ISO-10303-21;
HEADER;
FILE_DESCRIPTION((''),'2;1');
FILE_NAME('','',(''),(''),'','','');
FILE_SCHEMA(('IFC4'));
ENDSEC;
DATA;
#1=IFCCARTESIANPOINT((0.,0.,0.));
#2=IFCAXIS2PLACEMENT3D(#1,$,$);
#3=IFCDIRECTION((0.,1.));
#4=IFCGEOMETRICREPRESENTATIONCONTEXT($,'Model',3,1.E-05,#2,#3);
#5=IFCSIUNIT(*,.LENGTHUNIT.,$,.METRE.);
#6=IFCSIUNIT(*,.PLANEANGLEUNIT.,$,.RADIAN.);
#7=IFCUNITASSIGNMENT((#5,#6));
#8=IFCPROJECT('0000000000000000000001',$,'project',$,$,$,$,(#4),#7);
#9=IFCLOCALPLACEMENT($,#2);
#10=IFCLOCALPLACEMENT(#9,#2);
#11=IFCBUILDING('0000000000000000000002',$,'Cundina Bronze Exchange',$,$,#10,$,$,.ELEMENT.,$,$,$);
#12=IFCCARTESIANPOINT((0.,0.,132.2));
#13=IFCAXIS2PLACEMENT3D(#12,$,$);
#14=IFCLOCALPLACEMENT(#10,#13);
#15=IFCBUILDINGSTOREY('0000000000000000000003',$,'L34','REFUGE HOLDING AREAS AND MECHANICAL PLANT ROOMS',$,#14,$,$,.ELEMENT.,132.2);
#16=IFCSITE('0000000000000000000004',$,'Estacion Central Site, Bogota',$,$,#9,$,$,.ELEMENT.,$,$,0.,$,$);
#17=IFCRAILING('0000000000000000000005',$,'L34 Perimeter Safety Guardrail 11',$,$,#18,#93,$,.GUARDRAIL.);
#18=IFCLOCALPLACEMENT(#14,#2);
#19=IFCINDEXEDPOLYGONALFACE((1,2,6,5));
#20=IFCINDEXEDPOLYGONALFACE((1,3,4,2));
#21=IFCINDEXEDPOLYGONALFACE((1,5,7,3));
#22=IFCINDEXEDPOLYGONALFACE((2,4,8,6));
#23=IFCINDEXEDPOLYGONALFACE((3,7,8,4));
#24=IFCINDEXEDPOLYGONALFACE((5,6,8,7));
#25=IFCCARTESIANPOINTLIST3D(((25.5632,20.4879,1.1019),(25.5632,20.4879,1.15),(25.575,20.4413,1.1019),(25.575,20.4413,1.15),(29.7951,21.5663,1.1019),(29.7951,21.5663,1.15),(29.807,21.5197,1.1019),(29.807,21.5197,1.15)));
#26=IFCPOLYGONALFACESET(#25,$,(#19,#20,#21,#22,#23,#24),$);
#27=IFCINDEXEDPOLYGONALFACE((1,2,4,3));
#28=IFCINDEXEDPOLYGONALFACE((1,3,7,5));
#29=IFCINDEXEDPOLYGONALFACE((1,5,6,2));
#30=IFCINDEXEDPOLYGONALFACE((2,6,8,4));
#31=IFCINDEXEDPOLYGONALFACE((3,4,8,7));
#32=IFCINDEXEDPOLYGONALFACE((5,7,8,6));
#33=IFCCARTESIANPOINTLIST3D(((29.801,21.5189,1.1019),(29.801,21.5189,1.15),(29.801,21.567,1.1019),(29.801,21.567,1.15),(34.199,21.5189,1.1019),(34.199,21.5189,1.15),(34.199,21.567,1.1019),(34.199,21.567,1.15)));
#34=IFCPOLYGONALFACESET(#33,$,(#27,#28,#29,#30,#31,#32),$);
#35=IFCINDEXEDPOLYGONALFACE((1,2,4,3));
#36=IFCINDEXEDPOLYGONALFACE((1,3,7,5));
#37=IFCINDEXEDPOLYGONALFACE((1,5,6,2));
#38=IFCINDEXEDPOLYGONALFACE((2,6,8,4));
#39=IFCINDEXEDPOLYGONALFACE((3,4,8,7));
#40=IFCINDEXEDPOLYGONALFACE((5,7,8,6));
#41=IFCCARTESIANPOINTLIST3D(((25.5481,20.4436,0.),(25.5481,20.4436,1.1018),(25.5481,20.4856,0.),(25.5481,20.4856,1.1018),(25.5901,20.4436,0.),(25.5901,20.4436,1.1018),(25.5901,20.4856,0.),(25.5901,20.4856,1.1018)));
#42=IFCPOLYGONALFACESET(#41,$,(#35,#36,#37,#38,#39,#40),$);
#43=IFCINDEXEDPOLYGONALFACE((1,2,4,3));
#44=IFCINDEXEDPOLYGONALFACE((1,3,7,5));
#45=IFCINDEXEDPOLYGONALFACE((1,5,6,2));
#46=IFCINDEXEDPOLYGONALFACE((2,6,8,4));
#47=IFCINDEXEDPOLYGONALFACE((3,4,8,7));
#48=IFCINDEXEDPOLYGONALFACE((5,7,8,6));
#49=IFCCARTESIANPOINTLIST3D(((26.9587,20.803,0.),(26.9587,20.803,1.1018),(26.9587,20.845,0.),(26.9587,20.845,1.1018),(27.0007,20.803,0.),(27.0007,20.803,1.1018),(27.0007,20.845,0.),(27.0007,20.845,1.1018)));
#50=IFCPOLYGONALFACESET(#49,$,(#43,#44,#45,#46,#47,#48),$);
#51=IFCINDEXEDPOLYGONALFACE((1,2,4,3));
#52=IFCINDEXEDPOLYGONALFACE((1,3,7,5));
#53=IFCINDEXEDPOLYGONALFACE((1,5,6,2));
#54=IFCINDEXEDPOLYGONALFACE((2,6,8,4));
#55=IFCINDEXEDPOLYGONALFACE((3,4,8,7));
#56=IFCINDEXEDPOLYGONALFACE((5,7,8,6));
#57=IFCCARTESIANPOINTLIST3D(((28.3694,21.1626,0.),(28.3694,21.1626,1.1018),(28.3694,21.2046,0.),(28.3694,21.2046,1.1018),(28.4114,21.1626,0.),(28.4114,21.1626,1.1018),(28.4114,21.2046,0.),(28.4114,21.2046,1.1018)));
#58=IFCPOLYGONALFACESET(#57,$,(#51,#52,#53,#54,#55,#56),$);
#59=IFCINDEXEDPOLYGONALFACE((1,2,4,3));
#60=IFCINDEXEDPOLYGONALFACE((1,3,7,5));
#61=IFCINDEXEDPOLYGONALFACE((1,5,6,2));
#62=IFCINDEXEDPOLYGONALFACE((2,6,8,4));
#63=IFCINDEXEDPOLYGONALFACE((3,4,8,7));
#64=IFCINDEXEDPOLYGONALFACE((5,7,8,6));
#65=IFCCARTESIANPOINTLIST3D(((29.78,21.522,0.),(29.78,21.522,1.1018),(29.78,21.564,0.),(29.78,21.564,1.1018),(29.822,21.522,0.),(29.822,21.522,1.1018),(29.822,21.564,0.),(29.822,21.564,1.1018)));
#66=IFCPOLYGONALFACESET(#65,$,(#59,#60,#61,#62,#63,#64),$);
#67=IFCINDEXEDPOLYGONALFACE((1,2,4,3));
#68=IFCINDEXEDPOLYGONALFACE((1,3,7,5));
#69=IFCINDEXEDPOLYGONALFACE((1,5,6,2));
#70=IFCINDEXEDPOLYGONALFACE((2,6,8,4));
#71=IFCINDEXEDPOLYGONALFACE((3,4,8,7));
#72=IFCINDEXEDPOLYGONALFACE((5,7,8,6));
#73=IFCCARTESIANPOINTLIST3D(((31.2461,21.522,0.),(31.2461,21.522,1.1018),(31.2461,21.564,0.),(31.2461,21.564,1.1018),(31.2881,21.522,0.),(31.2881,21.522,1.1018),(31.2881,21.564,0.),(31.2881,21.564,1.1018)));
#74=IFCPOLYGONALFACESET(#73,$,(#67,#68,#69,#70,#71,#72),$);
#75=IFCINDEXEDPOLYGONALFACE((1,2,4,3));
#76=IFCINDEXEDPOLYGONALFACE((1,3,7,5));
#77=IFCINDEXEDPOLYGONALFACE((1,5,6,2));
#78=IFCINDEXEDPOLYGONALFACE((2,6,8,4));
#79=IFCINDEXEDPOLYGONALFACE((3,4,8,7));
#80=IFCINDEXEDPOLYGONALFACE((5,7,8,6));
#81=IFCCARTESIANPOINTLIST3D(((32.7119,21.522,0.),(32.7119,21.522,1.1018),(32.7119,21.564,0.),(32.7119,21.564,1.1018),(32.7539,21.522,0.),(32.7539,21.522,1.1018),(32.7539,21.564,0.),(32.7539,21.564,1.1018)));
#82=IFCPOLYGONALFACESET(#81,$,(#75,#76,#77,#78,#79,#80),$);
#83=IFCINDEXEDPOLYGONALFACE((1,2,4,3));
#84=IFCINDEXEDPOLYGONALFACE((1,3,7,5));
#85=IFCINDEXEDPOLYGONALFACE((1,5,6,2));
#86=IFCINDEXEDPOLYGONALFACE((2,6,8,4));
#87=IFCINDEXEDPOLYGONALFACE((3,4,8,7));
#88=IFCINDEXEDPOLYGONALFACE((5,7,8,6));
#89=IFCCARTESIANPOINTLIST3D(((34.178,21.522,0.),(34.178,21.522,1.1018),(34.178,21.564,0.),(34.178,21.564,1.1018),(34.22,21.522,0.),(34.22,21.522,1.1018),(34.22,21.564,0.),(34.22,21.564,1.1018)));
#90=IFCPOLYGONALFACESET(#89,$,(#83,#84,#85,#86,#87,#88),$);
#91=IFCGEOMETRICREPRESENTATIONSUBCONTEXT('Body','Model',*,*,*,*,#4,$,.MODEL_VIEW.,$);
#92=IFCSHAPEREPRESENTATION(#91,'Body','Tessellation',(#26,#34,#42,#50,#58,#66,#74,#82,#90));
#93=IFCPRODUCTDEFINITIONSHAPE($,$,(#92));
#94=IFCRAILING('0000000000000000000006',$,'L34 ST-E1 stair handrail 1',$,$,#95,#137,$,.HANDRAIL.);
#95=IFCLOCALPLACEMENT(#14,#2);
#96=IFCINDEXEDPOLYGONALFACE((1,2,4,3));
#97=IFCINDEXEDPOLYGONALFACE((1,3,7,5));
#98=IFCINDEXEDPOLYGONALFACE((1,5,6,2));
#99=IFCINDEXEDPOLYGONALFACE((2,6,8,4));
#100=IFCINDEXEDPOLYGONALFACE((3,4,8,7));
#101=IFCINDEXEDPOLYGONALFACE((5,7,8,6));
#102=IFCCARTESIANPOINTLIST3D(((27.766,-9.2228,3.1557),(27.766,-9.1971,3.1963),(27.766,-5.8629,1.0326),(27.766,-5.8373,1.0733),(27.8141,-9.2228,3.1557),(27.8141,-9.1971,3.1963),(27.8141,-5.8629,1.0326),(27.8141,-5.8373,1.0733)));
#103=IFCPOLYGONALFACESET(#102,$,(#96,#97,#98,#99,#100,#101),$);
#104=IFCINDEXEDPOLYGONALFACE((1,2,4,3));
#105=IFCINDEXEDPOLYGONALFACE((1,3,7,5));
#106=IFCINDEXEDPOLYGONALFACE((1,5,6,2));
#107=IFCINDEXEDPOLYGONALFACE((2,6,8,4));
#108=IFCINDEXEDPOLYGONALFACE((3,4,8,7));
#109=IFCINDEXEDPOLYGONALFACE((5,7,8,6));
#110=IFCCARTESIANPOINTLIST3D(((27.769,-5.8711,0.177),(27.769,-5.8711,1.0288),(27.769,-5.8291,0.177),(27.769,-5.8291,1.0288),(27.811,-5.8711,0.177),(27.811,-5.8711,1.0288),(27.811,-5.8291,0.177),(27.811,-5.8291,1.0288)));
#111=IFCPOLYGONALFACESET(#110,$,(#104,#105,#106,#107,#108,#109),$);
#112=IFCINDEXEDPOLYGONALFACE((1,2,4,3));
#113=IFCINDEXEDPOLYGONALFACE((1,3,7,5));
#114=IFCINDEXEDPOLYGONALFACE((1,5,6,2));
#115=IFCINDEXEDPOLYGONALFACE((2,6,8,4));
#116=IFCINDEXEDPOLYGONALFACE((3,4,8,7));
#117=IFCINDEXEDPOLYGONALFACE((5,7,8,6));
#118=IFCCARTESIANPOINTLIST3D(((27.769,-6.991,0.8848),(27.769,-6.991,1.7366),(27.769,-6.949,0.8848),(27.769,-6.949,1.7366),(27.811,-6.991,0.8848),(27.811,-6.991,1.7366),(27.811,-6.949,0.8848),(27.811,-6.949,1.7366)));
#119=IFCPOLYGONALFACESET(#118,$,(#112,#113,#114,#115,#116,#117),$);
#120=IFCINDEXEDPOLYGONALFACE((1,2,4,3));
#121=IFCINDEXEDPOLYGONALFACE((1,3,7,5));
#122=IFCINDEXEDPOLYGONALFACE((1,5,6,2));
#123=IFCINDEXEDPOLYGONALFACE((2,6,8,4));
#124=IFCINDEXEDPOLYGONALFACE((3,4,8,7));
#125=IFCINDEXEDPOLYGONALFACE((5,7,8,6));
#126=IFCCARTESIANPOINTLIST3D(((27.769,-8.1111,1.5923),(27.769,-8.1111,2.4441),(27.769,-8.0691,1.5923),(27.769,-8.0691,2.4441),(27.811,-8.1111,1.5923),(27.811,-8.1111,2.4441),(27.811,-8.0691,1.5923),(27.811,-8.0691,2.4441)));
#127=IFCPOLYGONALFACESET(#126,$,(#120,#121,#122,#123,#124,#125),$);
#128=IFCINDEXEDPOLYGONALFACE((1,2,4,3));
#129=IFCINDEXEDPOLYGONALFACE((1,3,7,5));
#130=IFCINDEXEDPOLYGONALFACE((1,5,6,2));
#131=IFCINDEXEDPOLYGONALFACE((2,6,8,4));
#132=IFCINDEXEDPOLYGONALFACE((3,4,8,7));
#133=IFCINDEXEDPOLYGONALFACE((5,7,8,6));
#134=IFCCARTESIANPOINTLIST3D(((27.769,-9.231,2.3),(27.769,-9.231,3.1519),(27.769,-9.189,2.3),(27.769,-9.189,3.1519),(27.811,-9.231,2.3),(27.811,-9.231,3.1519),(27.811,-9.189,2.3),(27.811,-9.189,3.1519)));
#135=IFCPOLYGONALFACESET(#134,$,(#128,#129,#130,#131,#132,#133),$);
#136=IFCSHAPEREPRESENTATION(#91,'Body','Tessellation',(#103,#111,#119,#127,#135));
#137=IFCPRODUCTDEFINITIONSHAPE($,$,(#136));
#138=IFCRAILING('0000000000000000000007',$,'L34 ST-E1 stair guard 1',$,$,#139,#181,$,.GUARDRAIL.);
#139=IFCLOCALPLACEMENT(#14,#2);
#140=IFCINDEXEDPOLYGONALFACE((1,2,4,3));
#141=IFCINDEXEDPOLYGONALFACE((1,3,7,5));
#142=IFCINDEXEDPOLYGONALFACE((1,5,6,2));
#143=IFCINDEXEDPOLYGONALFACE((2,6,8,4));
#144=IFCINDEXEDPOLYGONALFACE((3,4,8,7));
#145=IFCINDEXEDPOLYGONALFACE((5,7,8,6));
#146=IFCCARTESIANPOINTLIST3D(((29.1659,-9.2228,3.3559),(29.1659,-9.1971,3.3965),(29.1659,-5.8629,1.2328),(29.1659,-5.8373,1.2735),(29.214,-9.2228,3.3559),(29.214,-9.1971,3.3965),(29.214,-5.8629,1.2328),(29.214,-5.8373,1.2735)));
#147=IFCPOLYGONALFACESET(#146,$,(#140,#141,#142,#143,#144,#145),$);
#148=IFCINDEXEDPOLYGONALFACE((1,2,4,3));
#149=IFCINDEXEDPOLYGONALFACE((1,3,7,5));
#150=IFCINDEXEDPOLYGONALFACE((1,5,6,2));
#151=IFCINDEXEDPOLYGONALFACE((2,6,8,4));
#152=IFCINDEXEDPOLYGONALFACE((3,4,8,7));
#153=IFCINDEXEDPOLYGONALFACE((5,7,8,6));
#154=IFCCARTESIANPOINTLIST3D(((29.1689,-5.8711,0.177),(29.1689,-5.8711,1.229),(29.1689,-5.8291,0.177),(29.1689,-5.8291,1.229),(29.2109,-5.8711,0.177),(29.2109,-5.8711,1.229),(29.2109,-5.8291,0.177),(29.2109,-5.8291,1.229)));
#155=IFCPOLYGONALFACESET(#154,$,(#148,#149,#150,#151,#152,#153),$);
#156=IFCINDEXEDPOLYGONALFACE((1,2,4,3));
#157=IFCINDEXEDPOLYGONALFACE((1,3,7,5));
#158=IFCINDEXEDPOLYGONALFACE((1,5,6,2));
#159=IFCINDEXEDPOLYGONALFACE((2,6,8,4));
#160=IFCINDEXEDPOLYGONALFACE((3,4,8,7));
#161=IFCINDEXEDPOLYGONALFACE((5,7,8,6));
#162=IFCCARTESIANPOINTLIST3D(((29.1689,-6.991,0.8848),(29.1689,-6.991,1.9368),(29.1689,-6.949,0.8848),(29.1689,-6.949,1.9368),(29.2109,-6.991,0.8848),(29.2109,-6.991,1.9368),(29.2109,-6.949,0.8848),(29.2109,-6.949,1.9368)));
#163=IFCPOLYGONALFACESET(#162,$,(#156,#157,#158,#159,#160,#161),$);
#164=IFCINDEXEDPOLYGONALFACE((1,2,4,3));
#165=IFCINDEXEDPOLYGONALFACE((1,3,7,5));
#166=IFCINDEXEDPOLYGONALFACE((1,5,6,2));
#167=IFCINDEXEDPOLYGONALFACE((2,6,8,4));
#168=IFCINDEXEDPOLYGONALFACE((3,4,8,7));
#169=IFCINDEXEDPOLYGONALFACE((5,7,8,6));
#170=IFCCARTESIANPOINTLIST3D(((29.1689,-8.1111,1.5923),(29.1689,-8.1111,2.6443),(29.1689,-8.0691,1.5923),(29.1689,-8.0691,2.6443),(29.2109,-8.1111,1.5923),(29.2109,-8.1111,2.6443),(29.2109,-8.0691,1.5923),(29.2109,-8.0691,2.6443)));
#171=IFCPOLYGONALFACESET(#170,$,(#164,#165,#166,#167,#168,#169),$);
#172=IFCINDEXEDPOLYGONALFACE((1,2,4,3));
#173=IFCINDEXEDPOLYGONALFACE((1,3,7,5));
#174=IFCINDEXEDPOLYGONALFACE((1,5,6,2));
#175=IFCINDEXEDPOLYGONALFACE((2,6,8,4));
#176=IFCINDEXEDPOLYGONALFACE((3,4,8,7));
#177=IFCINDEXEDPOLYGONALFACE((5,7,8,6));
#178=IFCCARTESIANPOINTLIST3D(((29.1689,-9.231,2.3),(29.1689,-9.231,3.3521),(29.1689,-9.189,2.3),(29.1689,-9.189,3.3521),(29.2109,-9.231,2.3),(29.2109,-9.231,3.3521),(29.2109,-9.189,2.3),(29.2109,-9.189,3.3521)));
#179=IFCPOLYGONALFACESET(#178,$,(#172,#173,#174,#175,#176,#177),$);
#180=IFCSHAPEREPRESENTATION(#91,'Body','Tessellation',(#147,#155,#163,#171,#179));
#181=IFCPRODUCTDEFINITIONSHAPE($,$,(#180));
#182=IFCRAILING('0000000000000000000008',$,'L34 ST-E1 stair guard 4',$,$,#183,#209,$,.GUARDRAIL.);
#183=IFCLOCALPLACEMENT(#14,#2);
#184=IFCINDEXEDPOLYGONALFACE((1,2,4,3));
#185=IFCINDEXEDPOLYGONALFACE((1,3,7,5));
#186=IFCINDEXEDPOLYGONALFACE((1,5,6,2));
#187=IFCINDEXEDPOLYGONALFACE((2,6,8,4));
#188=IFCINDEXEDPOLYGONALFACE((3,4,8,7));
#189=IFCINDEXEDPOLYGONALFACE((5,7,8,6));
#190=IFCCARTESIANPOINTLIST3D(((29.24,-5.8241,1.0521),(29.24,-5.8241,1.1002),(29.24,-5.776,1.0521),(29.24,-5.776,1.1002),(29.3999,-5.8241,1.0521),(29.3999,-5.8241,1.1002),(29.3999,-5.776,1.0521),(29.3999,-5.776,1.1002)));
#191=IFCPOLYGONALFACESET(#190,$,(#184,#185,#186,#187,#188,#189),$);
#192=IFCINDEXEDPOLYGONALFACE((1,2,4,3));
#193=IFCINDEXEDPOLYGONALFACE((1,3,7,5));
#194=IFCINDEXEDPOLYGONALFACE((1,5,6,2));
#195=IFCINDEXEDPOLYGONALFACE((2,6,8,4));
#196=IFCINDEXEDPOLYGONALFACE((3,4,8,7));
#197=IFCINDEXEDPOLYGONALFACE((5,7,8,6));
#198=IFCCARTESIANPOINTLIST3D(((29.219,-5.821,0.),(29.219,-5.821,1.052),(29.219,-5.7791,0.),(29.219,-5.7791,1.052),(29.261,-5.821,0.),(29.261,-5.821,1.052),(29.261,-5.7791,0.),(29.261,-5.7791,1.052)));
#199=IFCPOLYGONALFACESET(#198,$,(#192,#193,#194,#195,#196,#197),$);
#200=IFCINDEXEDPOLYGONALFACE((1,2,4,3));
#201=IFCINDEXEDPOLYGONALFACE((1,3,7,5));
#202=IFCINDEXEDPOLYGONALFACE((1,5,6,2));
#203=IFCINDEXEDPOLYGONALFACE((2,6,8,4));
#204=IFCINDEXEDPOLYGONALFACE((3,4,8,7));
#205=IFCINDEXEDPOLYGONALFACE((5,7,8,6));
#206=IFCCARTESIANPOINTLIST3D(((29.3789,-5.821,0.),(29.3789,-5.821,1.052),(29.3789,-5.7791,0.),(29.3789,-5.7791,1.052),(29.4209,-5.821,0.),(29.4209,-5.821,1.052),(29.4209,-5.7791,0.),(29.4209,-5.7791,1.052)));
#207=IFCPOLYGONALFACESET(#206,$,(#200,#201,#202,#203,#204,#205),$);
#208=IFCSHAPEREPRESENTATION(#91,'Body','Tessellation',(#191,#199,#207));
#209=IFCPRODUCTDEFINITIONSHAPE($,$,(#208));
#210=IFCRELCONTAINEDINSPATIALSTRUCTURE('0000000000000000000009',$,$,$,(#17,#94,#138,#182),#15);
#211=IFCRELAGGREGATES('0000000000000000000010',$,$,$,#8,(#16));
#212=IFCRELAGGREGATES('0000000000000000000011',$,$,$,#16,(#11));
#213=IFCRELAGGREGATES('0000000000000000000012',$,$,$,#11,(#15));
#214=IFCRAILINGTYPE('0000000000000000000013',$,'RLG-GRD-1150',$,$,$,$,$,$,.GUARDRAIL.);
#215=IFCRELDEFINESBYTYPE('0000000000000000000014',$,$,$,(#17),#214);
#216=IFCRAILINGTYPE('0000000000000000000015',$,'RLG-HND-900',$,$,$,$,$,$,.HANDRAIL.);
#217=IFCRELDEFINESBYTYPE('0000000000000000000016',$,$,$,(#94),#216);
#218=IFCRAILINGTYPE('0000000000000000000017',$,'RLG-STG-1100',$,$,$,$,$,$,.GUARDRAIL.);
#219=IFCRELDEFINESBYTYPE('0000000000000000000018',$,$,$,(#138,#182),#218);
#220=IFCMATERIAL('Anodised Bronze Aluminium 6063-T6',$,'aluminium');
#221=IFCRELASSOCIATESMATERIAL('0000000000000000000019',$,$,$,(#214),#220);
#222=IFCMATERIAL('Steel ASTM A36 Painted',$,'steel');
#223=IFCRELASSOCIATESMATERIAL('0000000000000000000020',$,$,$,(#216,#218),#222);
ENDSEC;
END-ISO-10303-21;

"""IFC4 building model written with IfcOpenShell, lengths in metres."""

from ifc_helpers import new_model, si_unit, direction, frame, origin, origin_2d, place, context, subcontext, project, spatial, rectangle, extrude, material, type_object, element, save


model = new_model("IFC4")

# Units and contexts
model_context = context("Model", 3, precision=1e-05, world=origin(), true_north=direction((0.0, 1.0)))
body_context = subcontext(model_context, "Body", "Model", "MODEL_VIEW")
ifc_project = project(units=[si_unit("LENGTHUNIT", "METRE"), si_unit("PLANEANGLEUNIT", "RADIAN")], contexts=[model_context])

# Site, building, storey
site_placement = place(None, origin())
site = spatial("IfcSite", under=ifc_project, at=site_placement, Name="Estacion Central Site, Bogota", CompositionType="ELEMENT", RefElevation=0.0)
building_placement = place(site_placement, origin())
building = spatial("IfcBuilding", under=site, at=building_placement, Name="Cundina Bronze Exchange", CompositionType="ELEMENT")
storey_placement = place(building_placement, frame((0.0, 0.0, 132.2)))
storey = spatial("IfcBuildingStorey", under=building, at=storey_placement, Name="L34", Description="REFUGE HOLDING AREAS AND MECHANICAL PLANT ROOMS", CompositionType="ELEMENT", Elevation=132.2)

# Shared definitions
ifc_material_1 = material(Name="Steel ASTM A36 Painted", Category="steel")

# Railings
ifc_material_2 = material(Name="Anodised Bronze Aluminium 6063-T6", Category="aluminium")
railing_type_1 = type_object("IfcRailingType", Name="RLG-GRD-1150", PredefinedType="GUARDRAIL", material=ifc_material_2)
railing_1_placement = place(storey_placement, frame((25.5691, 20.4646, 0.0)))
element("IfcRailing", 1, at=railing_1_placement, inside=storey, type_object=railing_type_1, Name="L34 Perimeter Safety Guardrail 11", PredefinedType="GUARDRAIL", context=body_context, shape_type="SweptSolid", body=[
    extrude(rectangle(XDim=0.0481, YDim=0.0481, at=origin_2d()), frame((0.0, 0.0, 1.126), z_axis=(0.969034, 0.246927, 0.0), x_axis=(-0.246927, 0.969034, 0.0)), (0.0, 0.0, 1.0), 4.3672),
    extrude(rectangle(XDim=0.0481, YDim=0.0481, at=origin_2d()), frame((4.2319, 1.0784, 1.126), z_axis=(1.0, 0.0, 0.0), x_axis=(0.0, 1.0, 0.0)), (0.0, 0.0, 1.0), 4.3979),
    extrude(rectangle(XDim=0.042, YDim=0.042, at=origin_2d()), origin(), (0.0, 0.0, 1.0), 1.1018),
    extrude(rectangle(XDim=0.042, YDim=0.042, at=origin_2d()), frame((1.4106, 0.3594, 0.0)), (0.0, 0.0, 1.0), 1.1018),
    extrude(rectangle(XDim=0.042, YDim=0.042, at=origin_2d()), frame((2.8213, 0.719, 0.0)), (0.0, 0.0, 1.0), 1.1018),
    extrude(rectangle(XDim=0.042, YDim=0.042, at=origin_2d()), frame((4.2319, 1.0784, 0.0)), (0.0, 0.0, 1.0), 1.1018),
    extrude(rectangle(XDim=0.042, YDim=0.042, at=origin_2d()), frame((5.698, 1.0784, 0.0)), (0.0, 0.0, 1.0), 1.1018),
    extrude(rectangle(XDim=0.042, YDim=0.042, at=origin_2d()), frame((7.1638, 1.0784, 0.0)), (0.0, 0.0, 1.0), 1.1018),
    extrude(rectangle(XDim=0.042, YDim=0.042, at=origin_2d()), frame((8.6299, 1.0784, 0.0)), (0.0, 0.0, 1.0), 1.1018),
])
railing_type_2 = type_object("IfcRailingType", Name="RLG-HND-900", PredefinedType="HANDRAIL", material=ifc_material_1)
railing_2_placement = place(storey_placement, frame((27.79, -5.8501, 0.177)))
element("IfcRailing", 2, at=railing_2_placement, inside=storey, type_object=railing_type_2, Name="L34 ST-E1 stair handrail 1", PredefinedType="HANDRAIL", context=body_context, shape_type="SweptSolid", body=[
    extrude(rectangle(XDim=0.0481, YDim=0.0481, at=origin_2d()), frame((0.0, 0.0, 0.876), z_axis=(0.0, -0.845372, 0.534178), x_axis=(1.0, 0.0, 0.0)), (0.0, 0.0, 1.0), 3.9744),
    extrude(rectangle(XDim=0.042, YDim=0.042, at=origin_2d()), origin(), (0.0, 0.0, 1.0), 0.8518),
    extrude(rectangle(XDim=0.042, YDim=0.042, at=origin_2d()), frame((0.0, -1.1199, 0.7078)), (0.0, 0.0, 1.0), 0.8518),
    extrude(rectangle(XDim=0.042, YDim=0.042, at=origin_2d()), frame((0.0, -2.24, 1.4153)), (0.0, 0.0, 1.0), 0.8518),
    extrude(rectangle(XDim=0.042, YDim=0.042, at=origin_2d()), frame((0.0, -3.3599, 2.123)), (0.0, 0.0, 1.0), 0.8518),
])
railing_type_3 = type_object("IfcRailingType", Name="RLG-STG-1100", PredefinedType="GUARDRAIL", material=ifc_material_1)
railing_3_placement = place(storey_placement, frame((29.1899, -5.8501, 0.177)))
element("IfcRailing", 3, at=railing_3_placement, inside=storey, type_object=railing_type_3, Name="L34 ST-E1 stair guard 1", PredefinedType="GUARDRAIL", context=body_context, shape_type="SweptSolid", body=[
    extrude(rectangle(XDim=0.0481, YDim=0.0481, at=origin_2d()), frame((0.0, 0.0, 1.0762), z_axis=(0.0, -0.845372, 0.534178), x_axis=(1.0, 0.0, 0.0)), (0.0, 0.0, 1.0), 3.9744),
    extrude(rectangle(XDim=0.042, YDim=0.042, at=origin_2d()), origin(), (0.0, 0.0, 1.0), 1.052),
    extrude(rectangle(XDim=0.042, YDim=0.042, at=origin_2d()), frame((0.0, -1.1199, 0.7078)), (0.0, 0.0, 1.0), 1.052),
    extrude(rectangle(XDim=0.042, YDim=0.042, at=origin_2d()), frame((0.0, -2.24, 1.4153)), (0.0, 0.0, 1.0), 1.052),
    extrude(rectangle(XDim=0.042, YDim=0.042, at=origin_2d()), frame((0.0, -3.3599, 2.123)), (0.0, 0.0, 1.0), 1.052),
])
railing_4_placement = place(storey_placement, frame((29.24, -5.8, 0.0)))
element("IfcRailing", 4, at=railing_4_placement, inside=storey, type_object=railing_type_3, Name="L34 ST-E1 stair guard 4", PredefinedType="GUARDRAIL", context=body_context, shape_type="SweptSolid", body=[
    extrude(rectangle(XDim=0.0481, YDim=0.0481, at=origin_2d()), frame((0.0, 0.0, 1.0762), z_axis=(1.0, 0.0, 0.0), x_axis=(0.0, 1.0, 0.0)), (0.0, 0.0, 1.0), 0.1599),
    extrude(rectangle(XDim=0.042, YDim=0.042, at=origin_2d()), origin(), (0.0, 0.0, 1.0), 1.052),
    extrude(rectangle(XDim=0.042, YDim=0.042, at=origin_2d()), frame((0.1599, 0.0, 0.0)), (0.0, 0.0, 1.0), 1.052),
])

save(model, "model.ifc")
